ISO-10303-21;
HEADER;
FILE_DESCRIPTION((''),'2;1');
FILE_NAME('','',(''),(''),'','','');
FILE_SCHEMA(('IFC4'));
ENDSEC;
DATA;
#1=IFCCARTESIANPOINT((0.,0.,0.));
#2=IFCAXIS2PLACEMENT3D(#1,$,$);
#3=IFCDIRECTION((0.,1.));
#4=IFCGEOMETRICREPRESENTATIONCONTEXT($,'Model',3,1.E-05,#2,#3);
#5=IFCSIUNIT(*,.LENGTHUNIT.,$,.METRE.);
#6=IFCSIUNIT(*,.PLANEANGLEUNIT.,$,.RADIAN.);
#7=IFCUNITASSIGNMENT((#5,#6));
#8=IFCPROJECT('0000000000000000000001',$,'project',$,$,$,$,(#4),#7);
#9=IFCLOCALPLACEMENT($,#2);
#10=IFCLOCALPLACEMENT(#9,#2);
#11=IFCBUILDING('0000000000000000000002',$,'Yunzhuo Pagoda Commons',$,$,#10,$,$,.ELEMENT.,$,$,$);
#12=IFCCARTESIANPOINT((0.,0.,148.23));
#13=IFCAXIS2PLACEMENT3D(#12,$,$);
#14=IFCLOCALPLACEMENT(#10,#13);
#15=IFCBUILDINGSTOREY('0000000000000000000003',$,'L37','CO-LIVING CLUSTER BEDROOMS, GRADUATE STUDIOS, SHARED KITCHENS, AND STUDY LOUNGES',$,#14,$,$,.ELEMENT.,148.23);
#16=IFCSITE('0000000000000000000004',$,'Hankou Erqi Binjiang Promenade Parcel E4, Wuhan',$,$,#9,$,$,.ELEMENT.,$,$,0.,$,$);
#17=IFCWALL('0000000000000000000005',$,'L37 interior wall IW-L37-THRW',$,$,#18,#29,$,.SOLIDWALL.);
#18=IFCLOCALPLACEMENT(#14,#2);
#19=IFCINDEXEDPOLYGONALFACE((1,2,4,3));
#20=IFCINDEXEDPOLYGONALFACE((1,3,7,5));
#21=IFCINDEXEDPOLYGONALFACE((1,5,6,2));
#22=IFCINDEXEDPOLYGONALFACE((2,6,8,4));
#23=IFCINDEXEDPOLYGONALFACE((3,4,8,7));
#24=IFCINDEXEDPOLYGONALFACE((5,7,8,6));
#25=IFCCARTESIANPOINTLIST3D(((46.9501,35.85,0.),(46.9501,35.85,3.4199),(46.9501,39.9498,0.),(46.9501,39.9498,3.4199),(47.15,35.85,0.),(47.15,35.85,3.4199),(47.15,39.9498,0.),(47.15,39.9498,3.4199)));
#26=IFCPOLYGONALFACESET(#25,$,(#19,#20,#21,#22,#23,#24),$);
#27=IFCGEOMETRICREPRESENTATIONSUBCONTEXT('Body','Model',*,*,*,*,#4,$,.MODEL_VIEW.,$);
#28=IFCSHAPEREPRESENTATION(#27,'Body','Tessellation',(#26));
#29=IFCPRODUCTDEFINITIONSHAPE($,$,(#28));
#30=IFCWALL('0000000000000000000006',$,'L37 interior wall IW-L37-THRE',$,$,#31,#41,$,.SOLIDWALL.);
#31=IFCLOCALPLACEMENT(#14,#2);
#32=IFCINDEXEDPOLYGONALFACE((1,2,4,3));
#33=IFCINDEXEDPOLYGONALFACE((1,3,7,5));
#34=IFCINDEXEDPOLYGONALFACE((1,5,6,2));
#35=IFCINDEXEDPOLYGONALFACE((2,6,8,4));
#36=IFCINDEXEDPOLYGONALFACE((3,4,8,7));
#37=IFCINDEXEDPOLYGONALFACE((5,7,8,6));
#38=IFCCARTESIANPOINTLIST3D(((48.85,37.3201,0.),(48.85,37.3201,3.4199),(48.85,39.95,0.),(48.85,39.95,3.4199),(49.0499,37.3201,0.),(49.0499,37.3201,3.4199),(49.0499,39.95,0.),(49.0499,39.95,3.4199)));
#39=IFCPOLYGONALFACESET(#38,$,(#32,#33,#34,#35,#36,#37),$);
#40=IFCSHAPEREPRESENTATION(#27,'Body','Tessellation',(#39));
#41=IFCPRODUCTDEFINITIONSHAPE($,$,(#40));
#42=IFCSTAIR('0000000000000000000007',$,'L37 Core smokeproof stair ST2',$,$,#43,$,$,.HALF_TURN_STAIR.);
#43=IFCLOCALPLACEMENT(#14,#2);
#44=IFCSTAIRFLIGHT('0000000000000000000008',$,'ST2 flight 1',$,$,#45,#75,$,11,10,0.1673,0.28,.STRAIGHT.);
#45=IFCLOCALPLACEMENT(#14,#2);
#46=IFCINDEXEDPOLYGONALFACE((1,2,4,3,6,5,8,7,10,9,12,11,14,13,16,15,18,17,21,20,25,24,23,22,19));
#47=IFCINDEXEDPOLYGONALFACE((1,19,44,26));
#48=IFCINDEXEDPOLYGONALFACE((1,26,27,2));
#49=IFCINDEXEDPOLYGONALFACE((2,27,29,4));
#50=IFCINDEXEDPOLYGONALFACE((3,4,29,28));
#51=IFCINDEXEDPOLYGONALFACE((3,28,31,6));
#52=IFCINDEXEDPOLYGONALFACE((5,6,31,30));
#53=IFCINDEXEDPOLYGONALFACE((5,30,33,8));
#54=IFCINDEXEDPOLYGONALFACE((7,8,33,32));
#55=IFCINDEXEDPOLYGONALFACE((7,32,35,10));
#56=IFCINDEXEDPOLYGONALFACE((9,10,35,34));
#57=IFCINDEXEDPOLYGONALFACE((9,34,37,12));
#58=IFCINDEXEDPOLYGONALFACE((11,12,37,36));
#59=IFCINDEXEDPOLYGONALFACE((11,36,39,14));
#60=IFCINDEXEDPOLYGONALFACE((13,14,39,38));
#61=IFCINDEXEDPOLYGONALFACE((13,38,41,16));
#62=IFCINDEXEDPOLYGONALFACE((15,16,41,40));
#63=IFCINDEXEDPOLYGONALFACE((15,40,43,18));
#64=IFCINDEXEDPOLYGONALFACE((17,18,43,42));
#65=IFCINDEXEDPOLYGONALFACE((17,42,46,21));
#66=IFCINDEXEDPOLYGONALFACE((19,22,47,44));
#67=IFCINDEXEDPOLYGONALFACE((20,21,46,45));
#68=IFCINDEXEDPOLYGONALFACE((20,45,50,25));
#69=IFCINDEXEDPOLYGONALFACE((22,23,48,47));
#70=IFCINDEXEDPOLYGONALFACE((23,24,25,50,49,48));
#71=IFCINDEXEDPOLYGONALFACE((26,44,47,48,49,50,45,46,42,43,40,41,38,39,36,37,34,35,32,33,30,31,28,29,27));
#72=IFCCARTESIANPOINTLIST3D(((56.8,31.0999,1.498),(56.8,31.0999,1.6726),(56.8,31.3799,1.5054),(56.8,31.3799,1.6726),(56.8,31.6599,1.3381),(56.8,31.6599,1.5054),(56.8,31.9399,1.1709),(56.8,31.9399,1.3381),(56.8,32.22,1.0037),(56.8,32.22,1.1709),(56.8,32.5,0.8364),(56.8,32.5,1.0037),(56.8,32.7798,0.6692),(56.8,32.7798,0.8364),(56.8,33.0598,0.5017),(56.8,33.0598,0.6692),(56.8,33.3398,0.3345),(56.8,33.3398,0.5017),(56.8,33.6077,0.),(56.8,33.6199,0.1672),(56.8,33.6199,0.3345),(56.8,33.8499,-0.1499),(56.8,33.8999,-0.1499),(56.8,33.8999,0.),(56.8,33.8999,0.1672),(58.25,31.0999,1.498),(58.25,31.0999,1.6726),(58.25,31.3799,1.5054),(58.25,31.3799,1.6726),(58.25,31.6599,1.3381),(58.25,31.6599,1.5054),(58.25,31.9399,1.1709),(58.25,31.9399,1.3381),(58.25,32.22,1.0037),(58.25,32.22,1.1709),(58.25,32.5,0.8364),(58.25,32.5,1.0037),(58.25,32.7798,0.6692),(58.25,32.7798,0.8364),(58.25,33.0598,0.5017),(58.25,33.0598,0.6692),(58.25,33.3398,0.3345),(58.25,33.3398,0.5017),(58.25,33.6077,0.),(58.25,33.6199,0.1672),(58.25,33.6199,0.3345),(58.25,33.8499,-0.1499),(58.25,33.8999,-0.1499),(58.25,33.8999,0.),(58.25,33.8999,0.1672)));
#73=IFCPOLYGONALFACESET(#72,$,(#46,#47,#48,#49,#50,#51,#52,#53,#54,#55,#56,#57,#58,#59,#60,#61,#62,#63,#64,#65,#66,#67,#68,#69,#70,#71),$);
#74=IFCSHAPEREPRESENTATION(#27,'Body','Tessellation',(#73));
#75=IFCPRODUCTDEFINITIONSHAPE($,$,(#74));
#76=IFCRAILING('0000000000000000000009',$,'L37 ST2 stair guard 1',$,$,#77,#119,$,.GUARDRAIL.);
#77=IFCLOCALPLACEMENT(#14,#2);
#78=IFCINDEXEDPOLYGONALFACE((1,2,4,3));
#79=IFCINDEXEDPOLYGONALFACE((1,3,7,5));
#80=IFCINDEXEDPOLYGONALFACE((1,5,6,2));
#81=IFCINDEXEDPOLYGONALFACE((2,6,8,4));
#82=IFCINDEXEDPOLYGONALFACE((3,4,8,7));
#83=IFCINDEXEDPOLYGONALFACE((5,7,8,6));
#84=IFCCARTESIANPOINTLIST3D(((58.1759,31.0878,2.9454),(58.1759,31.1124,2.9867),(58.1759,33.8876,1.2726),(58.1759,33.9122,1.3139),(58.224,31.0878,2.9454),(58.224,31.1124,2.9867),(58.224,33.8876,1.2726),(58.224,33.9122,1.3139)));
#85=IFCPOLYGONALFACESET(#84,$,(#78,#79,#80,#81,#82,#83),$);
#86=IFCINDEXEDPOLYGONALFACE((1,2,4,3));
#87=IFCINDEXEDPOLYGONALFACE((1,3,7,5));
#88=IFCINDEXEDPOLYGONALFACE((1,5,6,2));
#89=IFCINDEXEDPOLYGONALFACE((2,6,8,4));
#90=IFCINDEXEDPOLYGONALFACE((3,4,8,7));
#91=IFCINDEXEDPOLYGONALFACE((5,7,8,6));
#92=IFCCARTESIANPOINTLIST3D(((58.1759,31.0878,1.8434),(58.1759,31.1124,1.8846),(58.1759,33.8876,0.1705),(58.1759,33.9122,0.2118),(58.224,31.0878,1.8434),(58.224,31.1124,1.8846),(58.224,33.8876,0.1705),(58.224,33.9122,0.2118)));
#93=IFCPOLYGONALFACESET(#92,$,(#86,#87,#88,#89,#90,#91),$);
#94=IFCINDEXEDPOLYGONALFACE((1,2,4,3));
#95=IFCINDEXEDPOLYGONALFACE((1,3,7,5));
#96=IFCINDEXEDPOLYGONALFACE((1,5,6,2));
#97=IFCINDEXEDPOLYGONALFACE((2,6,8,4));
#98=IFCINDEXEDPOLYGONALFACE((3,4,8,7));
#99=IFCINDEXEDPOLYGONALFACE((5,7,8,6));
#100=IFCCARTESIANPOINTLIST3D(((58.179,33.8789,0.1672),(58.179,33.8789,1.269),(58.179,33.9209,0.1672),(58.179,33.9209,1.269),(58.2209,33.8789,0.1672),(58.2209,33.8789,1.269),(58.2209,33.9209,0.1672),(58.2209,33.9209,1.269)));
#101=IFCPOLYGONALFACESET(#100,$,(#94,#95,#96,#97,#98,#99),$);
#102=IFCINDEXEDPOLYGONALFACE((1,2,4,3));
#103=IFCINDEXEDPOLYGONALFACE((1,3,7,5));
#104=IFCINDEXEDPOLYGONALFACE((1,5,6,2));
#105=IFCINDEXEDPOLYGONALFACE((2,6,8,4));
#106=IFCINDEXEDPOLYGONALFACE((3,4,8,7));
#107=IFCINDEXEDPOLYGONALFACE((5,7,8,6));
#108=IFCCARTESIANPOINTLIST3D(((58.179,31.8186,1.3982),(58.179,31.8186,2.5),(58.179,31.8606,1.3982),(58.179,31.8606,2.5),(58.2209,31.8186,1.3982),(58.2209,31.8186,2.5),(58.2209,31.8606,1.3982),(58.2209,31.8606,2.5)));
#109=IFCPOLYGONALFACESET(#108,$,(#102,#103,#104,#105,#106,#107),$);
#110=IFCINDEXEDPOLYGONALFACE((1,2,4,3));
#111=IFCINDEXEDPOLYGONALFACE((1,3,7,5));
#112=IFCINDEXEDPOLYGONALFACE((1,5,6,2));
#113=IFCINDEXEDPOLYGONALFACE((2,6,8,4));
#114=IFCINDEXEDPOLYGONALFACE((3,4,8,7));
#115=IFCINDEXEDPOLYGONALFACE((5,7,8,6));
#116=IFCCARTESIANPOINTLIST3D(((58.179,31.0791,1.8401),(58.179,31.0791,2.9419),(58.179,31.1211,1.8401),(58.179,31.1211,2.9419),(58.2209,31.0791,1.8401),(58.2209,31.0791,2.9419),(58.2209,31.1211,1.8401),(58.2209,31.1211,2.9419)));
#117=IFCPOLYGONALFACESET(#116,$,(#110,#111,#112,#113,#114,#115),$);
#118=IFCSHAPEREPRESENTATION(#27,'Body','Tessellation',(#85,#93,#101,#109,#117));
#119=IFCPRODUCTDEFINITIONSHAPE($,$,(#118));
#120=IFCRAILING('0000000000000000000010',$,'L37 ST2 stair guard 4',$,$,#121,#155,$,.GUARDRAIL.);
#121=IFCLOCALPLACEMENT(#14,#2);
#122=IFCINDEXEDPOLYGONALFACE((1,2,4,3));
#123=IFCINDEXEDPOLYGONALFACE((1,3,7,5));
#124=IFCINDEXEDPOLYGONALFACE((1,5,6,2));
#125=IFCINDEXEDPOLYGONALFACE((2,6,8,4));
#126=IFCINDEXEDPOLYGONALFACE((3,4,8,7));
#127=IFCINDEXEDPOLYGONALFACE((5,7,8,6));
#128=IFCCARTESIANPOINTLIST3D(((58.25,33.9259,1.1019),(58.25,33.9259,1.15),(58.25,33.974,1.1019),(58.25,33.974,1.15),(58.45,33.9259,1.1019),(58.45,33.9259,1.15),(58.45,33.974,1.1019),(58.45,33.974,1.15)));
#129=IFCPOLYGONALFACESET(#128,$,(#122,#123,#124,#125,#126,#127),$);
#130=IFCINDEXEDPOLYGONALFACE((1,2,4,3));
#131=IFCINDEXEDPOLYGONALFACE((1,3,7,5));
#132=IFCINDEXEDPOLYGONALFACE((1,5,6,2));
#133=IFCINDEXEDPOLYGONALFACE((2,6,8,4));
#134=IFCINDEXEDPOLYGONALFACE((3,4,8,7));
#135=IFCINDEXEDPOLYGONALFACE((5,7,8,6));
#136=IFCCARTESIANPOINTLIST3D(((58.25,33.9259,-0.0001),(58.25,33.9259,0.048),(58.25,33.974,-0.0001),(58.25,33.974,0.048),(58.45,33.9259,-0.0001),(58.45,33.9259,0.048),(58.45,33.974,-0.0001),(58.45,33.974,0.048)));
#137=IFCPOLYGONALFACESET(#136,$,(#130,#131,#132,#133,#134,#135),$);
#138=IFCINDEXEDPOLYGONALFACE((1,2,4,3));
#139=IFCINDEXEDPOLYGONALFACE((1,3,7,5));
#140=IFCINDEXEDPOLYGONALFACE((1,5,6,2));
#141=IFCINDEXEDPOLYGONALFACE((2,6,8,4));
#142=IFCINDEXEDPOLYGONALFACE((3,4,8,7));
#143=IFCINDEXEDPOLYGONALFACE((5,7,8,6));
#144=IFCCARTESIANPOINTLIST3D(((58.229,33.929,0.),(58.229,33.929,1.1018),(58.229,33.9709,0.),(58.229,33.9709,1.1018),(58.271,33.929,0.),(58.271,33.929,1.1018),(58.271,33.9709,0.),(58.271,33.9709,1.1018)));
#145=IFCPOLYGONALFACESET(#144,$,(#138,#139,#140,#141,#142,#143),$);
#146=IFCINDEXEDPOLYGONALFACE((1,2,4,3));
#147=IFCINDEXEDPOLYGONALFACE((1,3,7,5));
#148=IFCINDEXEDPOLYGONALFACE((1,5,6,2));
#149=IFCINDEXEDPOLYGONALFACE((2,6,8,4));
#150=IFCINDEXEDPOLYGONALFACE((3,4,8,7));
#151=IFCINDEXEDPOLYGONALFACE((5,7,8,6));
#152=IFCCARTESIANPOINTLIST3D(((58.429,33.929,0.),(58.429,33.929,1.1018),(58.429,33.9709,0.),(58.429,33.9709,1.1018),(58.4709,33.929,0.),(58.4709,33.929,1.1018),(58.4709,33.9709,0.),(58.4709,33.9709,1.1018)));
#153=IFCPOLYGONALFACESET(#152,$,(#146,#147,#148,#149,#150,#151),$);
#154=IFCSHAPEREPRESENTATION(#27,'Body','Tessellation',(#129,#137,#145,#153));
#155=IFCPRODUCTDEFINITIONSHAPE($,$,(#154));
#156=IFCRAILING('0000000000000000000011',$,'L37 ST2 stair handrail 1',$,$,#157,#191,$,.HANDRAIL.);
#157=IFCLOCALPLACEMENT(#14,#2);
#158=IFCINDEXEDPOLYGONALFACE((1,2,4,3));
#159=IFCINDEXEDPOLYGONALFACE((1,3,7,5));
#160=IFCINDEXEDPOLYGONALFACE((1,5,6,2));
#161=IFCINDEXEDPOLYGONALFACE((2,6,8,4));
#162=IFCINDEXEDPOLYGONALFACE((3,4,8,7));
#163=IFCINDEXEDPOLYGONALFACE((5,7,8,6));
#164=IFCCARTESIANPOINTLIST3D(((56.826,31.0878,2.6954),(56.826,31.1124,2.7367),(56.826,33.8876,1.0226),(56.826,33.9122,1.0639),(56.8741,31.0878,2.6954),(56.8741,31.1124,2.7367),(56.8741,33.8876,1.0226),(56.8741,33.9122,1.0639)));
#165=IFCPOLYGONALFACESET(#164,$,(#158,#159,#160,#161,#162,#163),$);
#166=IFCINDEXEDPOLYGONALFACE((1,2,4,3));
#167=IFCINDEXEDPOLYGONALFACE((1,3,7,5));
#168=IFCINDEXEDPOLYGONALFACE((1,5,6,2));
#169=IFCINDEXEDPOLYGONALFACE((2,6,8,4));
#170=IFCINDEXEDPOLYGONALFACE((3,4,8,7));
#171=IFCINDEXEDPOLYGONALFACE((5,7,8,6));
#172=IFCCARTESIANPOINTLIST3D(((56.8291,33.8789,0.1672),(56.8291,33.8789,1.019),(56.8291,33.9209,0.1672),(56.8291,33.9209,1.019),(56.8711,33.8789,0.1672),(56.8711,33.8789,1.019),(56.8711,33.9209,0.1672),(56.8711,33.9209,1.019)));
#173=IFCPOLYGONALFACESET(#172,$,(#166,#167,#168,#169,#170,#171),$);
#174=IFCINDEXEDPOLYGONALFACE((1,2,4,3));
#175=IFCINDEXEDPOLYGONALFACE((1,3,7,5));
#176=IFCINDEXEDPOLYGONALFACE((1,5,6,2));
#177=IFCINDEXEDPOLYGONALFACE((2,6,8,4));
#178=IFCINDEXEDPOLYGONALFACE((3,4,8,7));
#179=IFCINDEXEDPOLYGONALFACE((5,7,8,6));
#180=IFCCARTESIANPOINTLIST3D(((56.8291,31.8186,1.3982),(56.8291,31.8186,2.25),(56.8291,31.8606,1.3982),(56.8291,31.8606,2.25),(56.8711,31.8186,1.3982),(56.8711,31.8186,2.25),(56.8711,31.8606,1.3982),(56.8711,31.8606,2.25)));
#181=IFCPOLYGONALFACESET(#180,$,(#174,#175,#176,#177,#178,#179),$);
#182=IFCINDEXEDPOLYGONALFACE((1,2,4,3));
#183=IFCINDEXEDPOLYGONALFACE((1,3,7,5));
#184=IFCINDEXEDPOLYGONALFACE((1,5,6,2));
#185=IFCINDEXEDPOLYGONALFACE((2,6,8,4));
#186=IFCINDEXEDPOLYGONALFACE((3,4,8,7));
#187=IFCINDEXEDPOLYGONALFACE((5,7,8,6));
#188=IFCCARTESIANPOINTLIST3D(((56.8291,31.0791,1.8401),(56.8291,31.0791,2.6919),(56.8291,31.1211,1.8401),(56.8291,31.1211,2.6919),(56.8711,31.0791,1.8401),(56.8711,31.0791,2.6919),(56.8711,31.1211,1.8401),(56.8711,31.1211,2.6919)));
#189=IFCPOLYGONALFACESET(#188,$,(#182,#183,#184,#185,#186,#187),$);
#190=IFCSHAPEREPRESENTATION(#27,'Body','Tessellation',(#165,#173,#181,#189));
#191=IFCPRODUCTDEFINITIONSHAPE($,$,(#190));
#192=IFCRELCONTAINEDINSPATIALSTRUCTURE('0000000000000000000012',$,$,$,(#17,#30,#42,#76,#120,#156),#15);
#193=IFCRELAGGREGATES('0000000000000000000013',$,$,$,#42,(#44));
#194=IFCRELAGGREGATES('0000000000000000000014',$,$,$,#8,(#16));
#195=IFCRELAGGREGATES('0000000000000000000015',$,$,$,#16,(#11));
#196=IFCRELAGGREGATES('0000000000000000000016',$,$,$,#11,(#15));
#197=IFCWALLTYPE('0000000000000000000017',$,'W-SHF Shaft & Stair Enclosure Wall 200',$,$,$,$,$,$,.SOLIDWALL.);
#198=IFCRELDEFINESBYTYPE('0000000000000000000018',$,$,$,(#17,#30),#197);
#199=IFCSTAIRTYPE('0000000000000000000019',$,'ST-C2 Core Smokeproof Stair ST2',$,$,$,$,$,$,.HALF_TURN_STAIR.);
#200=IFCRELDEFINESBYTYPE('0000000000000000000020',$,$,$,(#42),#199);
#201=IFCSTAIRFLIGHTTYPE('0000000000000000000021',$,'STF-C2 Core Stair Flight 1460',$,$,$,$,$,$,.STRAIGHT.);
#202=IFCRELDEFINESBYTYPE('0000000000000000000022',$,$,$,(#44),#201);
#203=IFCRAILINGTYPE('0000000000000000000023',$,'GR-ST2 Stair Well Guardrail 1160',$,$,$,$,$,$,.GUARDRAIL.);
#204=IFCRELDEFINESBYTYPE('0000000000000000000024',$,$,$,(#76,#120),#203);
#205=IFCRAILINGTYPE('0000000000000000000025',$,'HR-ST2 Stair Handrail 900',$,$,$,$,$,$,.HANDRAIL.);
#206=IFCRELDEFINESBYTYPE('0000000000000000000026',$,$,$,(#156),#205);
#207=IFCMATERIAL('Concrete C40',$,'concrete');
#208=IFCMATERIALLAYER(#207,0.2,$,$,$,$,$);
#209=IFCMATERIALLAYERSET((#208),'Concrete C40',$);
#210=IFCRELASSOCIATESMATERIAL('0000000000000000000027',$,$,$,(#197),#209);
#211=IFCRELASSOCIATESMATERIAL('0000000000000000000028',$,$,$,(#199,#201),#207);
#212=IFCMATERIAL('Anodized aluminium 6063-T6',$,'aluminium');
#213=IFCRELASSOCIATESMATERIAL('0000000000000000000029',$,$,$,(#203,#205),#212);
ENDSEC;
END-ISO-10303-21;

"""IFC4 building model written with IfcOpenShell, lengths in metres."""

from ifc_helpers import new_model, si_unit, direction, frame, frame_2d, origin, origin_2d, place, context, subcontext, project, spatial, polyline, rectangle, outline, extrude, source, transform, mapped, material, layer, layer_set, type_object, element, aggregate, save


model = new_model("IFC4")

# Units and contexts
model_context = context("Model", 3, precision=1e-05, world=origin(), true_north=direction((0.0, 1.0)))
body_context = subcontext(model_context, "Body", "Model", "MODEL_VIEW")
ifc_project = project(units=[si_unit("LENGTHUNIT", "METRE"), si_unit("PLANEANGLEUNIT", "RADIAN")], contexts=[model_context])

# Site, building, storey
site_placement = place(None, origin())
site = spatial("IfcSite", under=ifc_project, at=site_placement, Name="Hankou Erqi Binjiang Promenade Parcel E4, Wuhan", CompositionType="ELEMENT", RefElevation=0.0)
building_placement = place(site_placement, origin())
building = spatial("IfcBuilding", under=site, at=building_placement, Name="Yunzhuo Pagoda Commons", CompositionType="ELEMENT")
storey_placement = place(building_placement, frame((0.0, 0.0, 148.23)))
storey = spatial("IfcBuildingStorey", under=building, at=storey_placement, Name="L37", Description="CO-LIVING CLUSTER BEDROOMS, GRADUATE STUDIOS, SHARED KITCHENS, AND STUDY LOUNGES", CompositionType="ELEMENT", Elevation=148.23)

# Shared definitions
ifc_material_1 = material(Name="Concrete C40", Category="concrete")
ifc_layer_1 = layer(ifc_material_1, 0.2)
ifc_layer_set_1 = layer_set([ifc_layer_1], Name="Concrete C40")
wall_type_1 = type_object("IfcWallType", Name="W-SHF Shaft & Stair Enclosure Wall 200", PredefinedType="SOLIDWALL", material=ifc_layer_set_1)

# Walls
wall_1_placement = place(storey_placement, frame((47.05, 35.8501, 0.0), z_axis=(0.0, 0.0, 1.0), x_axis=(0.0, 1.0, 0.0)))
element("IfcWall", 1, at=wall_1_placement, inside=storey, type_object=wall_type_1, Name="L37 interior wall IW-L37-THRW", PredefinedType="SOLIDWALL", context=body_context, shape_type="SweptSolid", body=[
    extrude(rectangle(XDim=4.0999, YDim=0.2, at=frame_2d((2.0498, 0.0))), origin(), (0.0, 0.0, 1.0), 3.4199),
])
wall_2_placement = place(storey_placement, frame((48.95, 37.3201, 0.0), z_axis=(0.0, 0.0, 1.0), x_axis=(0.0, 1.0, 0.0)))
element("IfcWall", 2, at=wall_2_placement, inside=storey, type_object=wall_type_1, Name="L37 interior wall IW-L37-THRE", PredefinedType="SOLIDWALL", context=body_context, shape_type="SweptSolid", body=[
    extrude(rectangle(XDim=2.6299, YDim=0.2, at=frame_2d((1.3149, 0.0))), origin(), (0.0, 0.0, 1.0), 3.4199),
])

# Stair, stair flight
stair_type = type_object("IfcStairType", Name="ST-C2 Core Smokeproof Stair ST2", PredefinedType="HALF_TURN_STAIR", material=ifc_material_1)
stair_placement = place(storey_placement, origin())
stair = element("IfcStair", 3, at=stair_placement, inside=storey, type_object=stair_type, Name="L37 Core smokeproof stair ST2", PredefinedType="HALF_TURN_STAIR")
stair_flight_type = type_object("IfcStairFlightType", Name="STF-C2 Core Stair Flight 1460", PredefinedType="STRAIGHT", material=ifc_material_1)
shared_shape_1 = source(origin(), body_context, "Body", "SweptSolid", [
    extrude(outline(polyline([(0.0, -0.1499), (0.0, 0.0), (0.0, 0.1672), (0.28, 0.1672), (0.28, 0.3345), (0.5601, 0.3345), (0.5601, 0.5017), (0.8401, 0.5017), (0.8401, 0.6692), (1.1201, 0.6692), (1.1201, 0.8364), (1.3999, 0.8364), (1.3999, 1.0037), (1.6799, 1.0037), (1.6799, 1.1709), (1.96, 1.1709), (1.96, 1.3381), (2.24, 1.3381), (2.24, 1.5054), (2.52, 1.5054), (2.52, 1.6726), (2.8, 1.6726), (2.8, 1.8401), (2.8, 1.498), (0.2922, 0.0), (0.05, -0.1499), (0.0, -0.1499)])), frame((0.0, 0.7251, 0.0), z_axis=(0.0, -1.0, 0.0), x_axis=(1.0, 0.0, 0.0)), (0.0, 0.0, 1.0), 1.45),
])
stair_flight_placement = place(storey_placement, frame((57.5249, 33.8999, 0.0), z_axis=(0.0, 0.0, 1.0), x_axis=(0.0, -1.0, 0.0)))
stair_flight = element("IfcStairFlight", 4, at=stair_flight_placement, type_object=stair_flight_type, Name="ST2 flight 1", NumberOfRisers=11, NumberOfTreads=10, PredefinedType="STRAIGHT", RiserHeight=0.1673, TreadLength=0.28, context=body_context, shape_type="MappedRepresentation", body=[
    mapped(shared_shape_1, transform((0.0, 0.0, 0.0), scale=1.0)),
])
aggregate(stair, [stair_flight])

# Railings
ifc_material_2 = material(Name="Anodized aluminium 6063-T6", Category="aluminium")
railing_type_1 = type_object("IfcRailingType", Name="GR-ST2 Stair Well Guardrail 1160", PredefinedType="GUARDRAIL", material=ifc_material_2)
railing_1_placement = place(storey_placement, frame((58.2, 33.8999, 0.1672)))
element("IfcRailing", 5, at=railing_1_placement, inside=storey, type_object=railing_type_1, Name="L37 ST2 stair guard 1", PredefinedType="GUARDRAIL", context=body_context, shape_type="SweptSolid", body=[
    extrude(rectangle(XDim=0.0481, YDim=0.0481, at=origin_2d()), frame((0.0, 0.0, 1.126), z_axis=(0.0, -0.858443, 0.51291), x_axis=(1.0, 0.0, 0.0)), (0.0, 0.0, 1.0), 3.2615),
    extrude(rectangle(XDim=0.0481, YDim=0.0481, at=origin_2d()), frame((0.0, 0.0, 0.0239), z_axis=(0.0, -0.858443, 0.51291), x_axis=(1.0, 0.0, 0.0)), (0.0, 0.0, 1.0), 3.2615),
    extrude(rectangle(XDim=0.042, YDim=0.042, at=origin_2d()), origin(), (0.0, 0.0, 1.0), 1.1018),
    extrude(rectangle(XDim=0.042, YDim=0.042, at=origin_2d()), frame((0.0, -2.0603, 1.231)), (0.0, 0.0, 1.0), 1.1018),
    extrude(rectangle(XDim=0.042, YDim=0.042, at=origin_2d()), frame((0.0, -2.7998, 1.6729)), (0.0, 0.0, 1.0), 1.1018),
])
railing_2_placement = place(storey_placement, frame((58.25, 33.95, 0.0)))
element("IfcRailing", 6, at=railing_2_placement, inside=storey, type_object=railing_type_1, Name="L37 ST2 stair guard 4", PredefinedType="GUARDRAIL", context=body_context, shape_type="SweptSolid", body=[
    extrude(rectangle(XDim=0.0481, YDim=0.0481, at=origin_2d()), frame((0.0, 0.0, 1.126), z_axis=(1.0, 0.0, 0.0), x_axis=(0.0, 1.0, 0.0)), (0.0, 0.0, 1.0), 0.2),
    extrude(rectangle(XDim=0.0481, YDim=0.0481, at=origin_2d()), frame((0.0, 0.0, 0.0239), z_axis=(1.0, 0.0, 0.0), x_axis=(0.0, 1.0, 0.0)), (0.0, 0.0, 1.0), 0.2),
    extrude(rectangle(XDim=0.042, YDim=0.042, at=origin_2d()), origin(), (0.0, 0.0, 1.0), 1.1018),
    extrude(rectangle(XDim=0.042, YDim=0.042, at=origin_2d()), frame((0.2, 0.0, 0.0)), (0.0, 0.0, 1.0), 1.1018),
])
railing_type_2 = type_object("IfcRailingType", Name="HR-ST2 Stair Handrail 900", PredefinedType="HANDRAIL", material=ifc_material_2)
railing_3_placement = place(storey_placement, frame((56.8501, 33.8999, 0.1672)))
element("IfcRailing", 7, at=railing_3_placement, inside=storey, type_object=railing_type_2, Name="L37 ST2 stair handrail 1", PredefinedType="HANDRAIL", context=body_context, shape_type="SweptSolid", body=[
    extrude(rectangle(XDim=0.0481, YDim=0.0481, at=origin_2d()), frame((0.0, 0.0, 0.876), z_axis=(0.0, -0.858443, 0.51291), x_axis=(1.0, 0.0, 0.0)), (0.0, 0.0, 1.0), 3.2615),
    extrude(rectangle(XDim=0.042, YDim=0.042, at=origin_2d()), origin(), (0.0, 0.0, 1.0), 0.8518),
    extrude(rectangle(XDim=0.042, YDim=0.042, at=origin_2d()), frame((0.0, -2.0603, 1.231)), (0.0, 0.0, 1.0), 0.8518),
    extrude(rectangle(XDim=0.042, YDim=0.042, at=origin_2d()), frame((0.0, -2.7998, 1.6729)), (0.0, 0.0, 1.0), 0.8518),
])

save(model, "model.ifc")
